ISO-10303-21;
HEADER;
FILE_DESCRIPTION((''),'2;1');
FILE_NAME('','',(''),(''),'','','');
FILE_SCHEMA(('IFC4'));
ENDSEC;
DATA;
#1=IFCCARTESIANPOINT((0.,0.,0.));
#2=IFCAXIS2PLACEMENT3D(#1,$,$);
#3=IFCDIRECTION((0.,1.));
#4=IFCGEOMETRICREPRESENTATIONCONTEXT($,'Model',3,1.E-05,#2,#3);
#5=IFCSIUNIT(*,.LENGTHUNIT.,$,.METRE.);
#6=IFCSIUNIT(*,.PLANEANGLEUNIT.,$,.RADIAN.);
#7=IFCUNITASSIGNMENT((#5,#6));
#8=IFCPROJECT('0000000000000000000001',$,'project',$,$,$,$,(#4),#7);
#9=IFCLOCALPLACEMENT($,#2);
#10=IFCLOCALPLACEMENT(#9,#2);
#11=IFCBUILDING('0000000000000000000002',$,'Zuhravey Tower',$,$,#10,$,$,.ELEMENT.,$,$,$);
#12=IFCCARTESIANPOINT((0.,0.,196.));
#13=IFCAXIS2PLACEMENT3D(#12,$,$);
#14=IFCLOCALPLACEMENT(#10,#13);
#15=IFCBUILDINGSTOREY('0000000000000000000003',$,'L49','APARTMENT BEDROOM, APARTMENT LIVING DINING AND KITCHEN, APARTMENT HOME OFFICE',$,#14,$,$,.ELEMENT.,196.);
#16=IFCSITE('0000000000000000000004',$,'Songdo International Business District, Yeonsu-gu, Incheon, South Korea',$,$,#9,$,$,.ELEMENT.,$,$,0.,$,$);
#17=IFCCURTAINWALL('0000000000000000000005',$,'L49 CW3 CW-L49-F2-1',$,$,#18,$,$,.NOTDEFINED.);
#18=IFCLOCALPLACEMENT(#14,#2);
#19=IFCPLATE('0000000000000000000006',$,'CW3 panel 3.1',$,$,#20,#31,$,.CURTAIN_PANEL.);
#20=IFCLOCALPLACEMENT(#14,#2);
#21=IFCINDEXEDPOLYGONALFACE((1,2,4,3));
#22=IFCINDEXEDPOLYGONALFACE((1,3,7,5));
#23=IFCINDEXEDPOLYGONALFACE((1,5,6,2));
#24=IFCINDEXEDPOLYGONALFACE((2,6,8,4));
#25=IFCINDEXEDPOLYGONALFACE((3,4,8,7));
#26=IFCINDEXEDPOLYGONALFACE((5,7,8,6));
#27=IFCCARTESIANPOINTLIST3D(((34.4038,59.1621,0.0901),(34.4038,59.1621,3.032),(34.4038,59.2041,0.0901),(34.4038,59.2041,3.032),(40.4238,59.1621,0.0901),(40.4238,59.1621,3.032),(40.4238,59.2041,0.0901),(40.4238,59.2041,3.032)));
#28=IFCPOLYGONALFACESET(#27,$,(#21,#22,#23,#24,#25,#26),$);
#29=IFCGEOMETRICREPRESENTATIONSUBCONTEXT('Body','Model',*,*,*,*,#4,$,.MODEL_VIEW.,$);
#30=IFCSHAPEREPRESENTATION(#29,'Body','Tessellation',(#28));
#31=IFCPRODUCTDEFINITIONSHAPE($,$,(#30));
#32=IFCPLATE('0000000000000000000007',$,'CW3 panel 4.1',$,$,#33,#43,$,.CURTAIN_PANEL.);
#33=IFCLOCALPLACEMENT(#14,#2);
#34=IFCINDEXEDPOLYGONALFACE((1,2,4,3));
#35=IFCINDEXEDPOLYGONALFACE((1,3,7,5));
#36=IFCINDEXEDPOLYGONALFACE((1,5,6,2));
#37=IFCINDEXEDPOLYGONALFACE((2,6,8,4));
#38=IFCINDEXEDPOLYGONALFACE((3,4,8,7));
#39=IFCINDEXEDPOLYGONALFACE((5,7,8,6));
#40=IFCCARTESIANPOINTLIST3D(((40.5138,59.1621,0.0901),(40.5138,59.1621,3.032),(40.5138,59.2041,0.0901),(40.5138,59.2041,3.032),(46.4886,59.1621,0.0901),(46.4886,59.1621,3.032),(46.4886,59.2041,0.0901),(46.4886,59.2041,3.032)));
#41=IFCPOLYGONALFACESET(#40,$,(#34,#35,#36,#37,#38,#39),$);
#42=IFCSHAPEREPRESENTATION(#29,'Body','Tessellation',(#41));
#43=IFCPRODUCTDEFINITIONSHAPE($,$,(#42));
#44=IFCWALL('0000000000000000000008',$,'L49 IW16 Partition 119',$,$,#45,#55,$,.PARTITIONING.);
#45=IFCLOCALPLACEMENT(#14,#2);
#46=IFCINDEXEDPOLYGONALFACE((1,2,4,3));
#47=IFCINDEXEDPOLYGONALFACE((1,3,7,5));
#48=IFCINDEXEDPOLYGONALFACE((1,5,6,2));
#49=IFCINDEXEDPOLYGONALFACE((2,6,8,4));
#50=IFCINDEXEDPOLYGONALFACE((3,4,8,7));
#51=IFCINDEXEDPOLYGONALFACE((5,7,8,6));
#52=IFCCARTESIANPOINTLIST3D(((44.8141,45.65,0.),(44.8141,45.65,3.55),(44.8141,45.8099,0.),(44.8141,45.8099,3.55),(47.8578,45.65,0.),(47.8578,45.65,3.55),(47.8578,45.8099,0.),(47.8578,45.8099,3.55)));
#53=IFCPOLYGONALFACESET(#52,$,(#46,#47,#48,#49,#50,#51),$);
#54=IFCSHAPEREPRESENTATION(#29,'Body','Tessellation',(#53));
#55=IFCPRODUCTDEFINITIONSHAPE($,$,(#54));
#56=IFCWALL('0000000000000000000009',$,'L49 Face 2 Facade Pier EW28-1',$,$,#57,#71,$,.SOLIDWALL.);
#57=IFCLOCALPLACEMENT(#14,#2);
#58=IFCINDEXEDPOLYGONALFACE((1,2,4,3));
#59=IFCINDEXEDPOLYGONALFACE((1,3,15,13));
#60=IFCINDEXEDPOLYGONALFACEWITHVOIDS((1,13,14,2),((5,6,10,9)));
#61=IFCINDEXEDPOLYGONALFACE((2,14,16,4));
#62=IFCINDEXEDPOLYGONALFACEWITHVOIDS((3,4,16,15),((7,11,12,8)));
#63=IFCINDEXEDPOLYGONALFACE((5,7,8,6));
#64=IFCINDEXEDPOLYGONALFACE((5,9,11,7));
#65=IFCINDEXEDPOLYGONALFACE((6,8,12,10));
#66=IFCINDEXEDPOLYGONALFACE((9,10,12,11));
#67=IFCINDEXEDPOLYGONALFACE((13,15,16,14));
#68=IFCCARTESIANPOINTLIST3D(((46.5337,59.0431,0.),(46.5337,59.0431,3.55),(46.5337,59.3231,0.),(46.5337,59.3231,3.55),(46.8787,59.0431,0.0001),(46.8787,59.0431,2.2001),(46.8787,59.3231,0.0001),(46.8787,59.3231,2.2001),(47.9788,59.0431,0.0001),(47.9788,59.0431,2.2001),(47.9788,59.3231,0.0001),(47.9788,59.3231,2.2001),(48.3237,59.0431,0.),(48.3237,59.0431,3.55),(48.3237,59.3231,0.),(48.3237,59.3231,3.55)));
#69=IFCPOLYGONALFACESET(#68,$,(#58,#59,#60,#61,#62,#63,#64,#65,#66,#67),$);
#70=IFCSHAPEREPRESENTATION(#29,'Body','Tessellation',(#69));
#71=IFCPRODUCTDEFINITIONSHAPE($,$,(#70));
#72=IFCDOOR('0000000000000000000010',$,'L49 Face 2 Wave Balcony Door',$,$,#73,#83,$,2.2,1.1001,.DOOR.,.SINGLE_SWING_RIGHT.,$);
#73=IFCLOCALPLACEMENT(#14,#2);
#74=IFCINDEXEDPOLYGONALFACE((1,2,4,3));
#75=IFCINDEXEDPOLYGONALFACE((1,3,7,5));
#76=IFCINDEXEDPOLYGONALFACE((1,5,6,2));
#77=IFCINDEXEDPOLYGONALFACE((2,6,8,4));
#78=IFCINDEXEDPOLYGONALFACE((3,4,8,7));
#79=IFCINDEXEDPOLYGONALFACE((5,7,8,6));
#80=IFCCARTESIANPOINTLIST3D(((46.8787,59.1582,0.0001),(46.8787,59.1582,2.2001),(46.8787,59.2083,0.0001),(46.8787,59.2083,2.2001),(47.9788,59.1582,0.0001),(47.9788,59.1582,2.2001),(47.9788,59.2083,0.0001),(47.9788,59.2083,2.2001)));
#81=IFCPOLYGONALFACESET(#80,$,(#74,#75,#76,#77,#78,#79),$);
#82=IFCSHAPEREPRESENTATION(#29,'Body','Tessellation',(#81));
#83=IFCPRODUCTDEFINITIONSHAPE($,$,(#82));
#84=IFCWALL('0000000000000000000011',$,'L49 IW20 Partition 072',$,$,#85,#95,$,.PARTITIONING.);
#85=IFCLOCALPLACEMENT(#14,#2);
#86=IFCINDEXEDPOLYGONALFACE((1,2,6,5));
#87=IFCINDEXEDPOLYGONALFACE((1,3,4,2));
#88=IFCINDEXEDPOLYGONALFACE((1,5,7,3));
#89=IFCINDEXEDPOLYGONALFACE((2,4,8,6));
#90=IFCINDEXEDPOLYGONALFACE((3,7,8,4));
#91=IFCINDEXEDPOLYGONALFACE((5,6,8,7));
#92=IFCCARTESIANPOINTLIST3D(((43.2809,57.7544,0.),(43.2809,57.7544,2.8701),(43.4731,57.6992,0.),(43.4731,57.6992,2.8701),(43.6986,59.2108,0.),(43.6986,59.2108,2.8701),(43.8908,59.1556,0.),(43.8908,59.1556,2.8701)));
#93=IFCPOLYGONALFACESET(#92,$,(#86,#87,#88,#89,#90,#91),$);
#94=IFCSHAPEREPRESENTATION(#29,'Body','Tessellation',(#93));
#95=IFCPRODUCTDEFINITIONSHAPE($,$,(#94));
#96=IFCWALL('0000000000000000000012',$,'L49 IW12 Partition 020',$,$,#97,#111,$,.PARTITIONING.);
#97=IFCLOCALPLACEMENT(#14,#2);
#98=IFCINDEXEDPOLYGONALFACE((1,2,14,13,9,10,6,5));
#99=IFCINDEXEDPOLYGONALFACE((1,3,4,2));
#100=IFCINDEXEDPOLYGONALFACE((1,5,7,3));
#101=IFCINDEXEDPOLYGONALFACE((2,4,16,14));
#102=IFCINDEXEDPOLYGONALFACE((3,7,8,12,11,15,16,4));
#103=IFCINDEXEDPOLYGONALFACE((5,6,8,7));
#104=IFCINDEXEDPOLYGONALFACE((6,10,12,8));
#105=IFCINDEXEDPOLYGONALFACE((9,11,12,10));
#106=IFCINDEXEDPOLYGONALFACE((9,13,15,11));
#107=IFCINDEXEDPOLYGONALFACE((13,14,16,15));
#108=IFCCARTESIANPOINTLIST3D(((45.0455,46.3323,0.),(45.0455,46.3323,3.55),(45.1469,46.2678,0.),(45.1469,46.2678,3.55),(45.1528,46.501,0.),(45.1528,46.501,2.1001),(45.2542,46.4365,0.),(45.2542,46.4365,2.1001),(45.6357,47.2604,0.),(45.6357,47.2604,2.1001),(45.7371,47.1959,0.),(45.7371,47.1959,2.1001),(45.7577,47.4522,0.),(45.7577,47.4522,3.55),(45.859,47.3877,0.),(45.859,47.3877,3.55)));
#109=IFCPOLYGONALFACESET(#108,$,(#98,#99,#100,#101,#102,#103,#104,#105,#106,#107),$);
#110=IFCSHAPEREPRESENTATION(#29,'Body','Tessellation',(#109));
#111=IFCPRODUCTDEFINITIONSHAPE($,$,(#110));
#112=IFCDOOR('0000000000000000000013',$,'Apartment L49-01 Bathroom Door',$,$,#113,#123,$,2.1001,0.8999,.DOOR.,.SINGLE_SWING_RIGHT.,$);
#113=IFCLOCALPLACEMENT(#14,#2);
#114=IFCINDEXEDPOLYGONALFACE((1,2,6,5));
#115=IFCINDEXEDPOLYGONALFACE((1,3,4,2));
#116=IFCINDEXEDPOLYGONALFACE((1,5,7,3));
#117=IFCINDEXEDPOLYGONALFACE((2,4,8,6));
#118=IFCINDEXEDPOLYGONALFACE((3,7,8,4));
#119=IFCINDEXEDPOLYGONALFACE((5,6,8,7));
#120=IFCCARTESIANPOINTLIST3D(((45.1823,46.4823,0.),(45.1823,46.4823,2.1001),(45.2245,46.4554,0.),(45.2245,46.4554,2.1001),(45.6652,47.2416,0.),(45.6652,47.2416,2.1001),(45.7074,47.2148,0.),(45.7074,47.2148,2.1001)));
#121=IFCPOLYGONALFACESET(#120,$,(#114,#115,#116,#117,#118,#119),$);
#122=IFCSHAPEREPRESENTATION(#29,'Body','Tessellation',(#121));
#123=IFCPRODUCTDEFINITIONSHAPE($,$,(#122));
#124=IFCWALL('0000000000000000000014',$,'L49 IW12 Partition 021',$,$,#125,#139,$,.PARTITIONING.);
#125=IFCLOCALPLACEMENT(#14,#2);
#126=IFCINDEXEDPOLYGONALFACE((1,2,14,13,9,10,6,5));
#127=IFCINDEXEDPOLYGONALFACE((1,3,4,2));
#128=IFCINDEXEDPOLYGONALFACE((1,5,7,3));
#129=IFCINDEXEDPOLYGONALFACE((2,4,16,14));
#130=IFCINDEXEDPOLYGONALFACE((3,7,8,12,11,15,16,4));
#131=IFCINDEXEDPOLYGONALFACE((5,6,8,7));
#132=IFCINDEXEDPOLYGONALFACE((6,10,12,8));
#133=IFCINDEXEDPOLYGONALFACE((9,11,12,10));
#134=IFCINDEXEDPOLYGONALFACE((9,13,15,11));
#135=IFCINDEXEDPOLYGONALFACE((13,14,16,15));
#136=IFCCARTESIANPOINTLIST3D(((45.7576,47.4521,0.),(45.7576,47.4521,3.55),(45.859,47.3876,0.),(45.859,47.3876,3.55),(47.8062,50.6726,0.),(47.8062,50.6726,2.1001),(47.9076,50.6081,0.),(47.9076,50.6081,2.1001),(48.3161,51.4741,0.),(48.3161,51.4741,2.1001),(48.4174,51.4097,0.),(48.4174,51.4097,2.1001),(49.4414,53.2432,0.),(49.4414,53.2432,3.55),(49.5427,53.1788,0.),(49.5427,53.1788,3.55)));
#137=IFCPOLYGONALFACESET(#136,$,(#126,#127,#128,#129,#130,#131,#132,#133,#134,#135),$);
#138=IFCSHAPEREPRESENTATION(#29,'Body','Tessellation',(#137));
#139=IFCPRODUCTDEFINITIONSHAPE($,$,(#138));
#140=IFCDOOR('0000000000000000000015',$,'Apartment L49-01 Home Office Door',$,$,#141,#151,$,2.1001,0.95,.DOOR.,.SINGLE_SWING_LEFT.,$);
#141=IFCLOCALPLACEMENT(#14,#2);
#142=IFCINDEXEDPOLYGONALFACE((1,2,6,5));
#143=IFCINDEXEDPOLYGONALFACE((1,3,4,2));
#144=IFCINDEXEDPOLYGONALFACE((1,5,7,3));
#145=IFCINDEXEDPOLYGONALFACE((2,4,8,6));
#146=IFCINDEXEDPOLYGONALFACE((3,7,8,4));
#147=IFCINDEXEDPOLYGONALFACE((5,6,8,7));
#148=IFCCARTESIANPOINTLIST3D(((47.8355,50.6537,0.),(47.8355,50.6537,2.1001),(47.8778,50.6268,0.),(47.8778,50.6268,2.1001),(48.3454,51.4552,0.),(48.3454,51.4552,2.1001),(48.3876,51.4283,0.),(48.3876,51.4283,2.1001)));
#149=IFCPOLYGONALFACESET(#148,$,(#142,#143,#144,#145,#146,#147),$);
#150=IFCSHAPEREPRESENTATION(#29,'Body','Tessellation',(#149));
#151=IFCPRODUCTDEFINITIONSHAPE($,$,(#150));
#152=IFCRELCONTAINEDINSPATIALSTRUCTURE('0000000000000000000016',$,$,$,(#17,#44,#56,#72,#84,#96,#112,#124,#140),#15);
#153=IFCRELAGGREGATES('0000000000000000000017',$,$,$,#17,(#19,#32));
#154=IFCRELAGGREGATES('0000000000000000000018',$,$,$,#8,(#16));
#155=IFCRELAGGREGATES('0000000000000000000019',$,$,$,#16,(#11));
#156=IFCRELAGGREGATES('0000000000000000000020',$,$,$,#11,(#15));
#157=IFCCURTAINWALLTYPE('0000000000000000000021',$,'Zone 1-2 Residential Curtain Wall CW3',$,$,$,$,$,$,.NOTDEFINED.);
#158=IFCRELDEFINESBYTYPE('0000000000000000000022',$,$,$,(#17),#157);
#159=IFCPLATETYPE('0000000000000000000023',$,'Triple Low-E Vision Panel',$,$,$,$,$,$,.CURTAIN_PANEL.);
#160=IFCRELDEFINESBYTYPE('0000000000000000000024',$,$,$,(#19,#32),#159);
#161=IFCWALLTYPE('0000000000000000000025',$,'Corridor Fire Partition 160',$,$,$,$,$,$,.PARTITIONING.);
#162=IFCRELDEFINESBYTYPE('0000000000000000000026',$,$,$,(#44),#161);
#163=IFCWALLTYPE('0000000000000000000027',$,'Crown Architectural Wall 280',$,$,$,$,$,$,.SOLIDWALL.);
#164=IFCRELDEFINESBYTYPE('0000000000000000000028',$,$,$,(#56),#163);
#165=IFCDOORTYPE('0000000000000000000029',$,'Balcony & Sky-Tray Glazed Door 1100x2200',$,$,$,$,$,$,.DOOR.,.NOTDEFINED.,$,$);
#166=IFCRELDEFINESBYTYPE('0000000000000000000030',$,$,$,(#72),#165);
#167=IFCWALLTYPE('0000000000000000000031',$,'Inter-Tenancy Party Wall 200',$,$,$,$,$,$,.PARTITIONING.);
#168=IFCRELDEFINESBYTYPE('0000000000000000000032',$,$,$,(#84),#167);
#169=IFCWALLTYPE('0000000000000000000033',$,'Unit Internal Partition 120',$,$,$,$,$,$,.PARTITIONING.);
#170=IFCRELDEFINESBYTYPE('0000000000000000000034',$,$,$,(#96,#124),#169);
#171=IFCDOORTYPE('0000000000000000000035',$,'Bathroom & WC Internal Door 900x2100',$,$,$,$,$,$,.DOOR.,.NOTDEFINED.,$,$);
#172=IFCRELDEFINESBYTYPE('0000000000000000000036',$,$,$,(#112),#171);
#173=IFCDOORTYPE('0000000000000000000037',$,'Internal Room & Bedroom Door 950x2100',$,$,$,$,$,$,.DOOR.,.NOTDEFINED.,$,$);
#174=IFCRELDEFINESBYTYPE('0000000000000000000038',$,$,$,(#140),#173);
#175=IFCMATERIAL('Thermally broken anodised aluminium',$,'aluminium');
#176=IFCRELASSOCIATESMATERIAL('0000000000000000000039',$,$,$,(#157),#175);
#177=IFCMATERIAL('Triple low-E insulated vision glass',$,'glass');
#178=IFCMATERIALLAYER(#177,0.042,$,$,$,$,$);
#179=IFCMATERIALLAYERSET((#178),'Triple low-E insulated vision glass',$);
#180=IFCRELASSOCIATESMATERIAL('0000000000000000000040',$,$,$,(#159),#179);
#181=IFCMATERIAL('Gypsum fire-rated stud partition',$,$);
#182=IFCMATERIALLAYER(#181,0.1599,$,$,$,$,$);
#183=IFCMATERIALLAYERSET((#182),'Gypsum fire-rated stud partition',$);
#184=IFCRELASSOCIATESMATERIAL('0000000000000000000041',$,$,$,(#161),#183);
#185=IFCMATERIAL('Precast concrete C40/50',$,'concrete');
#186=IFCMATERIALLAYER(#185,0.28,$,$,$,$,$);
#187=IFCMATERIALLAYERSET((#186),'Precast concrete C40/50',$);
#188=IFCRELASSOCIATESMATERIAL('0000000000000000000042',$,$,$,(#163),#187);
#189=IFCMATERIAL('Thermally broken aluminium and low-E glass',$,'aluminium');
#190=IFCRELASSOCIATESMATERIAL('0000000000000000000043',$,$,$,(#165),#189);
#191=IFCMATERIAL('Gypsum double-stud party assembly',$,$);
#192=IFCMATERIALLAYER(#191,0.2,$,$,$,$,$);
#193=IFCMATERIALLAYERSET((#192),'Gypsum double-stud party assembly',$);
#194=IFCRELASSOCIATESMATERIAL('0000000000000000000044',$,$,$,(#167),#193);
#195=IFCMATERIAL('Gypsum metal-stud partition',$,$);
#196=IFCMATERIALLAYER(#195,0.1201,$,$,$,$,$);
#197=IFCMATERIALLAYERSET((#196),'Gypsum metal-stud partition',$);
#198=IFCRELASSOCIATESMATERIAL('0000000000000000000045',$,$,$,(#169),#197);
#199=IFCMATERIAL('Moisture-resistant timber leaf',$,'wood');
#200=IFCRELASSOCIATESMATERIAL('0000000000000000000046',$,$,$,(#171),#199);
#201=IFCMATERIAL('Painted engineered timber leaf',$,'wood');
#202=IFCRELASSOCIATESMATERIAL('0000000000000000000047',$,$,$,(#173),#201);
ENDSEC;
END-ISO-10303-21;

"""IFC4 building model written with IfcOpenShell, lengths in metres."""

from ifc_helpers import new_model, si_unit, direction, frame, frame_2d, origin, origin_2d, place, context, subcontext, project, spatial, rectangle, extrude, material, layer, layer_set, type_object, element, fill, aggregate, save


model = new_model("IFC4")

# Units and contexts
model_context = context("Model", 3, precision=1e-05, world=origin(), true_north=direction((0.0, 1.0)))
body_context = subcontext(model_context, "Body", "Model", "MODEL_VIEW")
ifc_project = project(units=[si_unit("LENGTHUNIT", "METRE"), si_unit("PLANEANGLEUNIT", "RADIAN")], contexts=[model_context])

# Site, building, storey
site_placement = place(None, origin())
site = spatial("IfcSite", under=ifc_project, at=site_placement, Name="Songdo International Business District, Yeonsu-gu, Incheon, South Korea", CompositionType="ELEMENT", RefElevation=0.0)
building_placement = place(site_placement, origin())
building = spatial("IfcBuilding", under=site, at=building_placement, Name="Zuhravey Tower", CompositionType="ELEMENT")
storey_placement = place(building_placement, frame((0.0, 0.0, 196.0)))
storey = spatial("IfcBuildingStorey", under=building, at=storey_placement, Name="L49", Description="APARTMENT BEDROOM, APARTMENT LIVING DINING AND KITCHEN, APARTMENT HOME OFFICE", CompositionType="ELEMENT", Elevation=196.0)

# Curtain wall
ifc_material_1 = material(Name="Thermally broken anodised aluminium", Category="aluminium")
curtain_wall_type = type_object("IfcCurtainWallType", Name="Zone 1-2 Residential Curtain Wall CW3", PredefinedType="NOTDEFINED", material=ifc_material_1)
curtain_wall_1_placement = place(storey_placement, origin())
curtain_wall_1 = element("IfcCurtainWall", 1, at=curtain_wall_1_placement, inside=storey, type_object=curtain_wall_type, Name="L49 CW3 CW-L49-F2-1", PredefinedType="NOTDEFINED")

# Plates
ifc_material_2 = material(Name="Triple low-E insulated vision glass", Category="glass")
ifc_layer_1 = layer(ifc_material_2, 0.042)
ifc_layer_set_1 = layer_set([ifc_layer_1], Name="Triple low-E insulated vision glass")
plate_type = type_object("IfcPlateType", Name="Triple Low-E Vision Panel", PredefinedType="CURTAIN_PANEL", material=ifc_layer_set_1)
plate_1_placement = place(storey_placement, frame((37.4138, 59.1831, 0.0901), z_axis=(0.0, 0.0, 1.0), x_axis=(1.0, 0.0, 0.0)))
plate_1 = element("IfcPlate", 2, at=plate_1_placement, type_object=plate_type, Name="CW3 panel 3.1", PredefinedType="CURTAIN_PANEL", context=body_context, shape_type="SweptSolid", body=[
    extrude(rectangle(XDim=6.02, YDim=0.042, at=origin_2d()), origin(), (0.0, 0.0, 1.0), 2.9419),
])
plate_2_placement = place(storey_placement, frame((43.5012, 59.1831, 0.0901), z_axis=(0.0, 0.0, 1.0), x_axis=(1.0, 0.0, 0.0)))
plate_2 = element("IfcPlate", 3, at=plate_2_placement, type_object=plate_type, Name="CW3 panel 4.1", PredefinedType="CURTAIN_PANEL", context=body_context, shape_type="SweptSolid", body=[
    extrude(rectangle(XDim=5.9749, YDim=0.042, at=origin_2d()), origin(), (0.0, 0.0, 1.0), 2.9419),
])
aggregate(curtain_wall_1, [plate_1, plate_2])

# Shared definitions
ifc_material_3 = material(Name="Gypsum fire-rated stud partition")
ifc_layer_2 = layer(ifc_material_3, 0.1599)
ifc_layer_set_2 = layer_set([ifc_layer_2], Name="Gypsum fire-rated stud partition")
wall_type_1 = type_object("IfcWallType", Name="Corridor Fire Partition 160", PredefinedType="PARTITIONING", material=ifc_layer_set_2)

# Wall
wall_1_placement = place(storey_placement, frame((47.8579, 45.73, 0.0), z_axis=(0.0, 0.0, 1.0), x_axis=(-1.0, 0.0, 0.0)))
element("IfcWall", 4, at=wall_1_placement, inside=storey, type_object=wall_type_1, Name="L49 IW16 Partition 119", PredefinedType="PARTITIONING", context=body_context, shape_type="SweptSolid", body=[
    extrude(rectangle(XDim=3.0437, YDim=0.1599, at=frame_2d((1.522, 0.0))), origin(), (0.0, 0.0, 1.0), 3.55),
])

# Wall, opening, door
ifc_material_4 = material(Name="Precast concrete C40/50", Category="concrete")
ifc_layer_3 = layer(ifc_material_4, 0.28)
ifc_layer_set_3 = layer_set([ifc_layer_3], Name="Precast concrete C40/50")
wall_type_2 = type_object("IfcWallType", Name="Crown Architectural Wall 280", PredefinedType="SOLIDWALL", material=ifc_layer_set_3)
wall_2_placement = place(storey_placement, frame((46.5337, 59.1831, 0.0), z_axis=(0.0, 0.0, 1.0), x_axis=(1.0, 0.0, 0.0)))
wall_2 = element("IfcWall", 5, at=wall_2_placement, inside=storey, type_object=wall_type_2, Name="L49 Face 2 Facade Pier EW28-1", PredefinedType="SOLIDWALL", context=body_context, shape_type="SweptSolid", body=[
    extrude(rectangle(XDim=1.79, YDim=0.28, at=frame_2d((0.895, 0.0))), origin(), (0.0, 0.0, 1.0), 3.55),
])
opening_1_placement = place(wall_2_placement, frame((0.345, 0.0, 0.0)))
opening_1 = element("IfcOpeningElement", 6, at=opening_1_placement, cuts=wall_2, PredefinedType="OPENING", context=body_context, shape_type="SweptSolid", body=[
    extrude(rectangle(XDim=1.1001, YDim=2.2, at=frame_2d((0.55, 1.1001))), frame((0.0, 0.1521, 0.0), z_axis=(0.0, -1.0, 0.0), x_axis=(1.0, 0.0, 0.0)), (0.0, 0.0, 1.0), 0.304),
])
ifc_material_5 = material(Name="Thermally broken aluminium and low-E glass", Category="aluminium")
door_type_1 = type_object("IfcDoorType", Name="Balcony & Sky-Tray Glazed Door 1100x2200", OperationType="NOTDEFINED", PredefinedType="DOOR", material=ifc_material_5)
door_1_placement = place(opening_1_placement, frame((1.1001, 0.0, 0.0), z_axis=(0.0, 0.0, 1.0), x_axis=(-1.0, 0.0, 0.0)))
door_1 = element("IfcDoor", 7, at=door_1_placement, inside=storey, type_object=door_type_1, Name="L49 Face 2 Wave Balcony Door", OperationType="SINGLE_SWING_RIGHT", OverallHeight=2.2, OverallWidth=1.1001, PredefinedType="DOOR", context=body_context, shape_type="SweptSolid", body=[
    extrude(rectangle(XDim=1.1001, YDim=2.2, at=frame_2d((0.55, 1.1001))), frame((0.0, 0.0249, 0.0), z_axis=(0.0, -1.0, 0.0), x_axis=(1.0, 0.0, 0.0)), (0.0, 0.0, 1.0), 0.05),
])
fill(opening_1, door_1)

# Wall
ifc_material_6 = material(Name="Gypsum double-stud party assembly")
ifc_layer_4 = layer(ifc_material_6, 0.2)
ifc_layer_set_4 = layer_set([ifc_layer_4], Name="Gypsum double-stud party assembly")
wall_type_3 = type_object("IfcWallType", Name="Inter-Tenancy Party Wall 200", PredefinedType="PARTITIONING", material=ifc_layer_set_4)
wall_3_placement = place(storey_placement, frame((43.377, 57.7268, 0.0), z_axis=(0.0, 0.0, 1.0), x_axis=(0.275721, 0.961238, 0.0)))
element("IfcWall", 8, at=wall_3_placement, inside=storey, type_object=wall_type_3, Name="L49 IW20 Partition 072", PredefinedType="PARTITIONING", context=body_context, shape_type="SweptSolid", body=[
    extrude(rectangle(XDim=1.5151, YDim=0.2, at=frame_2d((0.7576, 0.0))), origin(), (0.0, 0.0, 1.0), 2.8701),
])

# Walls, openings, doors
ifc_material_7 = material(Name="Gypsum metal-stud partition")
ifc_layer_5 = layer(ifc_material_7, 0.1201)
ifc_layer_set_5 = layer_set([ifc_layer_5], Name="Gypsum metal-stud partition")
wall_type_4 = type_object("IfcWallType", Name="Unit Internal Partition 120", PredefinedType="PARTITIONING", material=ifc_layer_set_5)
wall_4_placement = place(storey_placement, frame((45.0962, 46.3, 0.0), z_axis=(0.0, 0.0, 1.0), x_axis=(0.536614, 0.843828, 0.0)))
wall_4 = element("IfcWall", 9, at=wall_4_placement, inside=storey, type_object=wall_type_4, Name="L49 IW12 Partition 020", PredefinedType="PARTITIONING", context=body_context, shape_type="SweptSolid", body=[
    extrude(rectangle(XDim=1.3271, YDim=0.1201, at=frame_2d((0.6636, 0.0))), origin(), (0.0, 0.0, 1.0), 3.55),
])
opening_2_placement = place(wall_4_placement, frame((0.2, 0.0, 0.0)))
opening_2 = element("IfcOpeningElement", 10, at=opening_2_placement, cuts=wall_4, PredefinedType="OPENING", context=body_context, shape_type="SweptSolid", body=[
    extrude(rectangle(XDim=0.8999, YDim=2.1001, at=frame_2d((0.45, 1.05))), frame((0.0, 0.072, 0.0), z_axis=(0.0, -1.0, 0.0), x_axis=(1.0, 0.0, 0.0)), (0.0, 0.0, 1.0), 0.144),
])
ifc_material_8 = material(Name="Moisture-resistant timber leaf", Category="wood")
door_type_2 = type_object("IfcDoorType", Name="Bathroom & WC Internal Door 900x2100", OperationType="NOTDEFINED", PredefinedType="DOOR", material=ifc_material_8)
door_2_placement = place(opening_2_placement, frame((0.8999, 0.0, 0.0), z_axis=(0.0, 0.0, 1.0), x_axis=(-1.0, 0.0, 0.0)))
door_2 = element("IfcDoor", 11, at=door_2_placement, inside=storey, type_object=door_type_2, Name="Apartment L49-01 Bathroom Door", OperationType="SINGLE_SWING_RIGHT", OverallHeight=2.1001, OverallWidth=0.8999, PredefinedType="DOOR", context=body_context, shape_type="SweptSolid", body=[
    extrude(rectangle(XDim=0.8999, YDim=2.1001, at=frame_2d((0.45, 1.05))), frame((0.0, 0.0249, 0.0), z_axis=(0.0, -1.0, 0.0), x_axis=(1.0, 0.0, 0.0)), (0.0, 0.0, 1.0), 0.05),
])
fill(opening_2, door_2)
wall_5_placement = place(storey_placement, frame((45.8083, 47.4199, 0.0), z_axis=(0.0, 0.0, 1.0), x_axis=(0.536719, 0.843761, 0.0)))
wall_5 = element("IfcWall", 12, at=wall_5_placement, inside=storey, type_object=wall_type_4, Name="L49 IW12 Partition 021", PredefinedType="PARTITIONING", context=body_context, shape_type="SweptSolid", body=[
    extrude(rectangle(XDim=6.8635, YDim=0.1201, at=frame_2d((3.4316, 0.0))), origin(), (0.0, 0.0, 1.0), 3.55),
])
opening_3_placement = place(wall_5_placement, frame((3.8167, 0.0, 0.0)))
opening_3 = element("IfcOpeningElement", 13, at=opening_3_placement, cuts=wall_5, PredefinedType="OPENING", context=body_context, shape_type="SweptSolid", body=[
    extrude(rectangle(XDim=0.95, YDim=2.1001, at=frame_2d((0.4751, 1.05))), frame((0.0, 0.072, 0.0), z_axis=(0.0, -1.0, 0.0), x_axis=(1.0, 0.0, 0.0)), (0.0, 0.0, 1.0), 0.144),
])
ifc_material_9 = material(Name="Painted engineered timber leaf", Category="wood")
door_type_3 = type_object("IfcDoorType", Name="Internal Room & Bedroom Door 950x2100", OperationType="NOTDEFINED", PredefinedType="DOOR", material=ifc_material_9)
door_3_placement = place(opening_3_placement, frame((0.95, 0.0, 0.0), z_axis=(0.0, 0.0, 1.0), x_axis=(-1.0, 0.0, 0.0)))
door_3 = element("IfcDoor", 14, at=door_3_placement, inside=storey, type_object=door_type_3, Name="Apartment L49-01 Home Office Door", OperationType="SINGLE_SWING_LEFT", OverallHeight=2.1001, OverallWidth=0.95, PredefinedType="DOOR", context=body_context, shape_type="SweptSolid", body=[
    extrude(rectangle(XDim=0.95, YDim=2.1001, at=frame_2d((0.4751, 1.05))), frame((0.0, 0.0249, 0.0), z_axis=(0.0, -1.0, 0.0), x_axis=(1.0, 0.0, 0.0)), (0.0, 0.0, 1.0), 0.05),
])
fill(opening_3, door_3)

save(model, "model.ifc")
